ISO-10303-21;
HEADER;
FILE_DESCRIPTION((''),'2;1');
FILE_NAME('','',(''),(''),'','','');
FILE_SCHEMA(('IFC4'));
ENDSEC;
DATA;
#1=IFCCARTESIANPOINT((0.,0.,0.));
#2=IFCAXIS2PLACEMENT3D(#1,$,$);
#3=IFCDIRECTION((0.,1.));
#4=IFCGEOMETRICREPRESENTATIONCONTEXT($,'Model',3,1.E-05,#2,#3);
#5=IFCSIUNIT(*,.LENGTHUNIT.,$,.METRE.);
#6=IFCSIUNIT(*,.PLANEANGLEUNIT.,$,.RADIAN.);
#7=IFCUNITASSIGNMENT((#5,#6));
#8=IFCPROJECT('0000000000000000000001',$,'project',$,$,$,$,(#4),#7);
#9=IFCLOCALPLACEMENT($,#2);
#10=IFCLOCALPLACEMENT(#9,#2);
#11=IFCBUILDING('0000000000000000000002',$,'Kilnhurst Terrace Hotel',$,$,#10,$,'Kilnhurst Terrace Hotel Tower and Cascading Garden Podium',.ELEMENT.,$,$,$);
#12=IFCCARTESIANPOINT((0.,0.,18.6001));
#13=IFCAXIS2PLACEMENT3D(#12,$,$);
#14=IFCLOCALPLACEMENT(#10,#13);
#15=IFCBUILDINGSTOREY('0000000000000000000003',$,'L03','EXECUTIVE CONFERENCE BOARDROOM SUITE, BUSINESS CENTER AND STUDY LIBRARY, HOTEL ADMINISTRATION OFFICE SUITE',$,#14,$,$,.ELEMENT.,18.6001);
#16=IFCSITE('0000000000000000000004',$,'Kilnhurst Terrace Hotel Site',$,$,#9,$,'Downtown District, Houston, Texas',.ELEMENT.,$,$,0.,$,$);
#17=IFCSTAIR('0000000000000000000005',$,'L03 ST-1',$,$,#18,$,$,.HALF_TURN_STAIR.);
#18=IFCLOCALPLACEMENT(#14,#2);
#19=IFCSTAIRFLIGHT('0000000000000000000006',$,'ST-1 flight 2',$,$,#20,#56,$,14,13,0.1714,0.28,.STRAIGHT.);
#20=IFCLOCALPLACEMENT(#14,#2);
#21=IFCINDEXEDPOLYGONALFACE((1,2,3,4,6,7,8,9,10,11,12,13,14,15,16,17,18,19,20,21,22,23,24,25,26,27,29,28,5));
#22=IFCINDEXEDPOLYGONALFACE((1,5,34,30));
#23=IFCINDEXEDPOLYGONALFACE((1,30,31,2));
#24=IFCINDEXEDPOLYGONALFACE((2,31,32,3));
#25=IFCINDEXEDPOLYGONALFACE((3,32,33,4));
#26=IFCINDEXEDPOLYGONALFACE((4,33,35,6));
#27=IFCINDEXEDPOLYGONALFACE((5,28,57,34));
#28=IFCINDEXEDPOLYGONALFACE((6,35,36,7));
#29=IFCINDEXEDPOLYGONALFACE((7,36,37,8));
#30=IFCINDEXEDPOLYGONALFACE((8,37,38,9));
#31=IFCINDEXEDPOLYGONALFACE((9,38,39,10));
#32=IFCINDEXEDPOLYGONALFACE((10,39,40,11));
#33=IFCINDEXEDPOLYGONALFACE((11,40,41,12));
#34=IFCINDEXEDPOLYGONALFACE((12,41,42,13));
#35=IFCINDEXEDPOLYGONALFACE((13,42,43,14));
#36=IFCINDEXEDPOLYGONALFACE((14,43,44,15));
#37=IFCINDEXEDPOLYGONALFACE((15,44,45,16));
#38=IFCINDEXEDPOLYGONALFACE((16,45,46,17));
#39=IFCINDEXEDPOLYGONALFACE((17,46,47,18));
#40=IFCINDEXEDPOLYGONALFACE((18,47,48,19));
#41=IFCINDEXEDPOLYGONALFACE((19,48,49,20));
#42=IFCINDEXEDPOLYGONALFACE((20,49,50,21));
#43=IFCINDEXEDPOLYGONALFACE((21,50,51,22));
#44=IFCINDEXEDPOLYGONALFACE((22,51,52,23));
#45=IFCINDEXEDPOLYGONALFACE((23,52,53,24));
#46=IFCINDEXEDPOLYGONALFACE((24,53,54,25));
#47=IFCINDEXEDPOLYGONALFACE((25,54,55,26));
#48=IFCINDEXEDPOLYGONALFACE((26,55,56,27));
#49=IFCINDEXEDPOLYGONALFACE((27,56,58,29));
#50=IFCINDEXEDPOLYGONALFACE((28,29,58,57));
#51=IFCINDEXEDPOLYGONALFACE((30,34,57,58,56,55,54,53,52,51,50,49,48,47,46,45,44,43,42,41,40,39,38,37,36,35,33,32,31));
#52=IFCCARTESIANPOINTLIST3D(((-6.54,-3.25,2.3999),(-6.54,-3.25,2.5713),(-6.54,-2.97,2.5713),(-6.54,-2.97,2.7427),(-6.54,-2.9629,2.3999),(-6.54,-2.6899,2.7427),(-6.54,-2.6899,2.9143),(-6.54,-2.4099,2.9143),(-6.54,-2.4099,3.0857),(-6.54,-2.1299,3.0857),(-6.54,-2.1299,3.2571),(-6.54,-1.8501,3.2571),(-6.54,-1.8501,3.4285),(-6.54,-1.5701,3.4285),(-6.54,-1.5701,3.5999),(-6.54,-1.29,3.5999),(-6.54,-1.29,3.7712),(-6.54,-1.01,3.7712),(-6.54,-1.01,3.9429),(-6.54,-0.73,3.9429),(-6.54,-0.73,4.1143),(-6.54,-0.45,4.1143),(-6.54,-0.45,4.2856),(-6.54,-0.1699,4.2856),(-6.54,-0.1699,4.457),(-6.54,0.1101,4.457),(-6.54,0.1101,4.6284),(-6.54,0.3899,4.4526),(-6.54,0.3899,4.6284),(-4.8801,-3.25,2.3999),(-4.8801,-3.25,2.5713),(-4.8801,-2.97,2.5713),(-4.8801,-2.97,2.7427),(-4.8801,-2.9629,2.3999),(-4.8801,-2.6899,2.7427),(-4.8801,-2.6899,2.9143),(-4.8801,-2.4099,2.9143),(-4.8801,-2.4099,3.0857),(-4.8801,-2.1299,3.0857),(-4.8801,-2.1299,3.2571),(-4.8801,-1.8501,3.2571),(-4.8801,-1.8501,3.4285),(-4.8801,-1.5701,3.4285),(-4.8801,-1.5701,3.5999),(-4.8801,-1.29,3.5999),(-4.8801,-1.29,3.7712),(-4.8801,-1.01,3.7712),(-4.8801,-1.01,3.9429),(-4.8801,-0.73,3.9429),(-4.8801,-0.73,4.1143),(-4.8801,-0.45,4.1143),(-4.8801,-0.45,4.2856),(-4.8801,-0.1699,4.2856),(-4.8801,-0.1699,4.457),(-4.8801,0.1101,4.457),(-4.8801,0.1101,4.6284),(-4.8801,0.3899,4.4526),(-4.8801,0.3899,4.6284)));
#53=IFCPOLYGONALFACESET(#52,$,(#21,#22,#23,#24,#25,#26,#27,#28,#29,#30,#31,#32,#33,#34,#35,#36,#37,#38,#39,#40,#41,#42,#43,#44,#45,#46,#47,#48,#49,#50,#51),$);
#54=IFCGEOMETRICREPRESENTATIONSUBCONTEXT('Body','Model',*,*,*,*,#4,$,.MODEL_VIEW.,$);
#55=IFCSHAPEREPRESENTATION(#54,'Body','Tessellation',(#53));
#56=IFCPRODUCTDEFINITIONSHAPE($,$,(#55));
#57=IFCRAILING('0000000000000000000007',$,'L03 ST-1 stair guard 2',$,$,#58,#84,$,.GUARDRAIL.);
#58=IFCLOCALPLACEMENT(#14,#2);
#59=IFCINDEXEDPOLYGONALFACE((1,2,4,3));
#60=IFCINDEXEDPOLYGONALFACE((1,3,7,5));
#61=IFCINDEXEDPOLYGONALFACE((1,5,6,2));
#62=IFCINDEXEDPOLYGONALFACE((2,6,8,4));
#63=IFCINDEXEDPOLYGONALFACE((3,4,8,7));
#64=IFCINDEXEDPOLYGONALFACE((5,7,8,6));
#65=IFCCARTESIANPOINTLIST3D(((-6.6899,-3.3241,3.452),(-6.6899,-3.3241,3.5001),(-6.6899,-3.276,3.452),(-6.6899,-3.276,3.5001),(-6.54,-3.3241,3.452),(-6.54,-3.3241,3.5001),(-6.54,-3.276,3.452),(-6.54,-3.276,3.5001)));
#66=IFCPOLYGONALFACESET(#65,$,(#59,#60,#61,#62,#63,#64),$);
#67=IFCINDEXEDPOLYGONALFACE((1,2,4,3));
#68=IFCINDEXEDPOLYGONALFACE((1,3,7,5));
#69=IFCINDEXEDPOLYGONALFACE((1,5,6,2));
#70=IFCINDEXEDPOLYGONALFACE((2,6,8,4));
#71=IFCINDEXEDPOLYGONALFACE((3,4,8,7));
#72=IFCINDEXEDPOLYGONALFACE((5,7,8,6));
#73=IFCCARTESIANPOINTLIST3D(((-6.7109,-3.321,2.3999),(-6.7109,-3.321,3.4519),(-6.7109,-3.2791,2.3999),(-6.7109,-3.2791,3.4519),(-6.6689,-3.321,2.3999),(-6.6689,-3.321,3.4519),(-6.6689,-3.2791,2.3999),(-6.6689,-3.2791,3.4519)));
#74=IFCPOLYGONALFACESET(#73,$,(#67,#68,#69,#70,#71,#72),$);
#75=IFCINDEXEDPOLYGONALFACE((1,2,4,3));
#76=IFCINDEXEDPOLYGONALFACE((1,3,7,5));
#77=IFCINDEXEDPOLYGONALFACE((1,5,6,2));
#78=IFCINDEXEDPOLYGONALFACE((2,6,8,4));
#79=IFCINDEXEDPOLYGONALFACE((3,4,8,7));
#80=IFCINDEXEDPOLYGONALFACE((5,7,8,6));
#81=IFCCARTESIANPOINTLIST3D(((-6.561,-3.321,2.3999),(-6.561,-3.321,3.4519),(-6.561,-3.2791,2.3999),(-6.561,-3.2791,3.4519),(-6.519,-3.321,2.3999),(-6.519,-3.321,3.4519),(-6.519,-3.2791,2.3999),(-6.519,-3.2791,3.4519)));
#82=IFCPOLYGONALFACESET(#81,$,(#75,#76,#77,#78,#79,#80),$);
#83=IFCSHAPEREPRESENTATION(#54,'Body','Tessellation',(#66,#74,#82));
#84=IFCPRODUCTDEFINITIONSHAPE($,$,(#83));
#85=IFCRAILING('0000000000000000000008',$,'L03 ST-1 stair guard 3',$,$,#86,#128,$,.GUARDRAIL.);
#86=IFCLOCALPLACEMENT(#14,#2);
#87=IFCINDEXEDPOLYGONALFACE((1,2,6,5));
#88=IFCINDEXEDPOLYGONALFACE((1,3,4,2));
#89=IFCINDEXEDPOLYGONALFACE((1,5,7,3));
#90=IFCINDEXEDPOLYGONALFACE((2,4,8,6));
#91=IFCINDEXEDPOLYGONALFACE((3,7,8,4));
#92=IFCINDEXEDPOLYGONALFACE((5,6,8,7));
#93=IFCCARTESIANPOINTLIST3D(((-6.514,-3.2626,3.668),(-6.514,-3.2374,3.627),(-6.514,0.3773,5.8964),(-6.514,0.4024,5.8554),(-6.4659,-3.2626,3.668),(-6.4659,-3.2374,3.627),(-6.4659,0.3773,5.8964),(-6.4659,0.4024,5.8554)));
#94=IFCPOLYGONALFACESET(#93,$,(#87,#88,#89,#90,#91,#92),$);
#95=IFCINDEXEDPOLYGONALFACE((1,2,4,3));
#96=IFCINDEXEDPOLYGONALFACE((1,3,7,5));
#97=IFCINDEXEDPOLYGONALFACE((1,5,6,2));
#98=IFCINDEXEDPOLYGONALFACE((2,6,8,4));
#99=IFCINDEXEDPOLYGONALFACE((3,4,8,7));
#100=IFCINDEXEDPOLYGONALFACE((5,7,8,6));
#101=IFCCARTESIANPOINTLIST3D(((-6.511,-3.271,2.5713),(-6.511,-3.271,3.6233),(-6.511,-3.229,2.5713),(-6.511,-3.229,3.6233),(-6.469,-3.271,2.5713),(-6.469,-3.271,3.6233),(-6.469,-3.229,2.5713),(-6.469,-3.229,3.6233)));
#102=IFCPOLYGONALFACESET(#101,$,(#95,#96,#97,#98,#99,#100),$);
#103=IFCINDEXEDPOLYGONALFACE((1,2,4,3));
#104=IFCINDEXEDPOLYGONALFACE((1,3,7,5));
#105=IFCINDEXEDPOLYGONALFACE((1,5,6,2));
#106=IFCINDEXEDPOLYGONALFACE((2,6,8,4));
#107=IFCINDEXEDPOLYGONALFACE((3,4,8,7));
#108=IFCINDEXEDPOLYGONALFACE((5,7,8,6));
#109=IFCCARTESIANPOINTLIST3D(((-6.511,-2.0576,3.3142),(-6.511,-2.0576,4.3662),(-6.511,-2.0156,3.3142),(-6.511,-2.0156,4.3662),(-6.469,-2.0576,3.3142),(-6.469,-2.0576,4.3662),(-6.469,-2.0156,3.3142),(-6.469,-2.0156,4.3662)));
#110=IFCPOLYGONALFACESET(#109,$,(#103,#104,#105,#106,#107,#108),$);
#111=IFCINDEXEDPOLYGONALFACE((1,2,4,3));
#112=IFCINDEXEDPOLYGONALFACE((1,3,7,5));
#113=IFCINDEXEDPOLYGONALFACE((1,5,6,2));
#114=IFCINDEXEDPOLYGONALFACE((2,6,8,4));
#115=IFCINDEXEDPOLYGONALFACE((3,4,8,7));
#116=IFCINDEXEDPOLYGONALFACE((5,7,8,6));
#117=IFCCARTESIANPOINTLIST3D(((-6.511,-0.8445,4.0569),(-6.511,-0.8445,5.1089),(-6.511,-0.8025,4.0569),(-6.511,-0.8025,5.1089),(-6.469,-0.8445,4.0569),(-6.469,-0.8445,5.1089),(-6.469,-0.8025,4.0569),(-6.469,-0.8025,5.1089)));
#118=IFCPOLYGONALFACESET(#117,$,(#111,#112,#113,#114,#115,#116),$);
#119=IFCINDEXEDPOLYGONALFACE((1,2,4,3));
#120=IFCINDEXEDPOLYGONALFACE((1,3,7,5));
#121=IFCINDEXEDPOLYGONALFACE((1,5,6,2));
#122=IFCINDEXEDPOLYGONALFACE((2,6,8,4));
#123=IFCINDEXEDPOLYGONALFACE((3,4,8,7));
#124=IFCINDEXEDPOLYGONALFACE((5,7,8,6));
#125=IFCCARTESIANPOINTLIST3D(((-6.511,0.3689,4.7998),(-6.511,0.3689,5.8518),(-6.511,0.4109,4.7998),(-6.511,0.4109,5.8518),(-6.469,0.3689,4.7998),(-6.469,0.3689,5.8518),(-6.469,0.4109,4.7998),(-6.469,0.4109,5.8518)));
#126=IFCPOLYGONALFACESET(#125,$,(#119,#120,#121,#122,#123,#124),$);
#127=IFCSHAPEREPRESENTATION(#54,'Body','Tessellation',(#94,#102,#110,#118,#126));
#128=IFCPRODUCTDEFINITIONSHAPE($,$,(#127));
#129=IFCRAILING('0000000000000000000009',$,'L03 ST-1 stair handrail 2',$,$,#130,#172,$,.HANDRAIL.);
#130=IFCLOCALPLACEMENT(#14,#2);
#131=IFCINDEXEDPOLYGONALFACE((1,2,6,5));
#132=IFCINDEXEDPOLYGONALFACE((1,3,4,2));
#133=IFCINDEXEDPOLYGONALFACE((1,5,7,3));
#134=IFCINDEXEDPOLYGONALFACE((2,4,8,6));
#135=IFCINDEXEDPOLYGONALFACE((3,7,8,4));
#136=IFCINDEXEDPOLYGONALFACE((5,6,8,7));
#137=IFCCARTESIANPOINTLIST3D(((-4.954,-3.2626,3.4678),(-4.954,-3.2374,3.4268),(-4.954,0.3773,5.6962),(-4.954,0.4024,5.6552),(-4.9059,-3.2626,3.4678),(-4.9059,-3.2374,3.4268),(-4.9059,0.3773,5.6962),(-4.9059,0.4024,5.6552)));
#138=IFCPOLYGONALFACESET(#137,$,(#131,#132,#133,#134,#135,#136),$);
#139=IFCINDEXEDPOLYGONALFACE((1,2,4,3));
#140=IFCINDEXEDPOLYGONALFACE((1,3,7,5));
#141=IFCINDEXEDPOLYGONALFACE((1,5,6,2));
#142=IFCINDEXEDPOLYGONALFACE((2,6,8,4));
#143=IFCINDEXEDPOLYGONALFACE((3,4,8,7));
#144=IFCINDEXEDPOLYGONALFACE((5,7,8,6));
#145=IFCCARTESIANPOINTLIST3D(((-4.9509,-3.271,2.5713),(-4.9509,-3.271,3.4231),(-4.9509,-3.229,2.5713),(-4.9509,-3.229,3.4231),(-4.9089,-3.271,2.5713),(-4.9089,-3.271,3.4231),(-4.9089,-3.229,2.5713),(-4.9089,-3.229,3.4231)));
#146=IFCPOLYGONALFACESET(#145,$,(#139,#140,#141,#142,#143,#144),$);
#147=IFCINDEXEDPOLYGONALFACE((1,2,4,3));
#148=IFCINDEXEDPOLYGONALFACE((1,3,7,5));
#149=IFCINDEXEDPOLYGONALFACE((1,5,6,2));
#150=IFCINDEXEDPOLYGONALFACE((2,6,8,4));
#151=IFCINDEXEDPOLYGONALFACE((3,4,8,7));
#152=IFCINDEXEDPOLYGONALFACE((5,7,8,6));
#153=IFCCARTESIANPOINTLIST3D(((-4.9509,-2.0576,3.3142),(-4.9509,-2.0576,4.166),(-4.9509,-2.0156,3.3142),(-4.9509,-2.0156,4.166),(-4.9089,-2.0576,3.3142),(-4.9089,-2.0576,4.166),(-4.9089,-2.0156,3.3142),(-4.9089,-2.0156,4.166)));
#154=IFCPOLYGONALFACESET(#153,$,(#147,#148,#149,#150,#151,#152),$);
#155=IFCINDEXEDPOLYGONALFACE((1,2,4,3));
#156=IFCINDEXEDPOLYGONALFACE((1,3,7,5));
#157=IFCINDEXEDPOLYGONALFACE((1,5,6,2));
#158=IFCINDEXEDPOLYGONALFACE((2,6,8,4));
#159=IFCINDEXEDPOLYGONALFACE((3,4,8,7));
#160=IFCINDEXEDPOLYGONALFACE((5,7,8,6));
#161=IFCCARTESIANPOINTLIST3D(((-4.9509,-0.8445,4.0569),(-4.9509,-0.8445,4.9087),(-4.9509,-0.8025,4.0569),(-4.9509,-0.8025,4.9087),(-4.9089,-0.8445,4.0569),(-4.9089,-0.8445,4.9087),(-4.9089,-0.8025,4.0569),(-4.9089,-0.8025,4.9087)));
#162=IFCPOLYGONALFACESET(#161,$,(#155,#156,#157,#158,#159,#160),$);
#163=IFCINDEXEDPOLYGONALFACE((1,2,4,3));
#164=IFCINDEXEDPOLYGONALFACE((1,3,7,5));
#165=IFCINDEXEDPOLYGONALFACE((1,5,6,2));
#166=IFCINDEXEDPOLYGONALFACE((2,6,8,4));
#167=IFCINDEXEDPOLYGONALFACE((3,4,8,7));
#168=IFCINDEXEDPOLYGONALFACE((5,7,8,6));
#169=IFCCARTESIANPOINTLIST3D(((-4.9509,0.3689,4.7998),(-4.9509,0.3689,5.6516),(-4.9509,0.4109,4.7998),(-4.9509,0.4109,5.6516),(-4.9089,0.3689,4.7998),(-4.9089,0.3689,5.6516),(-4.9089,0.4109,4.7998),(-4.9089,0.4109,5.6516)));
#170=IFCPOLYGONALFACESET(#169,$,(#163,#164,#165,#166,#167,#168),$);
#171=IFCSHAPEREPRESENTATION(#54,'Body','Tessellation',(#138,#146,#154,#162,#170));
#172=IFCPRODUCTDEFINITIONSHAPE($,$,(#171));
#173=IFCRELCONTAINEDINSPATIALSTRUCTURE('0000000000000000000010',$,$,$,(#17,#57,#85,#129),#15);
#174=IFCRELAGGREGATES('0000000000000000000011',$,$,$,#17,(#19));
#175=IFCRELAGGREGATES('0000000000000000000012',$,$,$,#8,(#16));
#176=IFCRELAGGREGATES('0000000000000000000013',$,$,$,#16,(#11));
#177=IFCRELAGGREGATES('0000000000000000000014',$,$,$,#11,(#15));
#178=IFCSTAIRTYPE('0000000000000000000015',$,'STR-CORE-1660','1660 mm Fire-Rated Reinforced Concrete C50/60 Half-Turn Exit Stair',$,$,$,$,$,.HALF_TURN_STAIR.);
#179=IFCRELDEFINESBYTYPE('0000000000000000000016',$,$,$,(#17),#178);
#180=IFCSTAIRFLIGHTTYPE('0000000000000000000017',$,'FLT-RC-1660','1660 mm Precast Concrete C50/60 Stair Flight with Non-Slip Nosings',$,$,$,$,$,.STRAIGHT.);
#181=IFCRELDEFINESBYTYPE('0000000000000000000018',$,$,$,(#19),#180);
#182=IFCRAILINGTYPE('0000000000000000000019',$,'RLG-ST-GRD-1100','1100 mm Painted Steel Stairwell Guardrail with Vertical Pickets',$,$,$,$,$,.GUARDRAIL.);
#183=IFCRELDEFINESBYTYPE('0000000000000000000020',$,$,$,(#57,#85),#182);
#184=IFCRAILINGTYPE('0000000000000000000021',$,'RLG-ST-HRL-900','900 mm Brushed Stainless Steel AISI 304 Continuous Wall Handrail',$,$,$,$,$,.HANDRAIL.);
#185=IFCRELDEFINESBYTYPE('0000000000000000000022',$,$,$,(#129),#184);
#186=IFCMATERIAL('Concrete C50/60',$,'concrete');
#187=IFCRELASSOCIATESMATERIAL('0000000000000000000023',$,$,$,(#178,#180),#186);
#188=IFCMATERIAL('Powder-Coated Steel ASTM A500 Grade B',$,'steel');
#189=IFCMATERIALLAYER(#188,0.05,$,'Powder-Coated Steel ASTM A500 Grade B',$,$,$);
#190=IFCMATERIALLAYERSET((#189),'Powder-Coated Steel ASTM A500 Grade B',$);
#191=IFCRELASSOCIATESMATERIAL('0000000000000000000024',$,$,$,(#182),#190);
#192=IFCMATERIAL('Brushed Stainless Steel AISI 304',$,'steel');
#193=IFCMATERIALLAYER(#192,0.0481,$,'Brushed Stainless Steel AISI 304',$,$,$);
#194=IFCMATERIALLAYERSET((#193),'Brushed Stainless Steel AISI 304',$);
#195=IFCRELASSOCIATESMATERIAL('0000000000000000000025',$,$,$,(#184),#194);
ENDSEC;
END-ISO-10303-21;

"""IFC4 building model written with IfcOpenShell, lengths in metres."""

from ifc_helpers import new_model, si_unit, direction, frame, origin, origin_2d, place, context, subcontext, project, spatial, polyline, rectangle, outline, extrude, material, layer, layer_set, type_object, element, aggregate, save


model = new_model("IFC4")

# Units and contexts
model_context = context("Model", 3, precision=1e-05, world=origin(), true_north=direction((0.0, 1.0)))
body_context = subcontext(model_context, "Body", "Model", "MODEL_VIEW")
ifc_project = project(units=[si_unit("LENGTHUNIT", "METRE"), si_unit("PLANEANGLEUNIT", "RADIAN")], contexts=[model_context])

# Site, building, storey
site_placement = place(None, origin())
site = spatial("IfcSite", under=ifc_project, at=site_placement, Name="Kilnhurst Terrace Hotel Site", LongName="Downtown District, Houston, Texas", CompositionType="ELEMENT", RefElevation=0.0)
building_placement = place(site_placement, origin())
building = spatial("IfcBuilding", under=site, at=building_placement, Name="Kilnhurst Terrace Hotel", LongName="Kilnhurst Terrace Hotel Tower and Cascading Garden Podium", CompositionType="ELEMENT")
storey_placement = place(building_placement, frame((0.0, 0.0, 18.6001)))
storey = spatial("IfcBuildingStorey", under=building, at=storey_placement, Name="L03", Description="EXECUTIVE CONFERENCE BOARDROOM SUITE, BUSINESS CENTER AND STUDY LIBRARY, HOTEL ADMINISTRATION OFFICE SUITE", CompositionType="ELEMENT", Elevation=18.6001)

# Shared definitions
ifc_material_1 = material(Name="Concrete C50/60", Category="concrete")

# Stair, stair flight
stair_type = type_object("IfcStairType", Name="STR-CORE-1660", Description="1660 mm Fire-Rated Reinforced Concrete C50/60 Half-Turn Exit Stair", PredefinedType="HALF_TURN_STAIR", material=ifc_material_1)
stair_placement = place(storey_placement, origin())
stair = element("IfcStair", 1, at=stair_placement, inside=storey, type_object=stair_type, Name="L03 ST-1", PredefinedType="HALF_TURN_STAIR")
stair_flight_type = type_object("IfcStairFlightType", Name="FLT-RC-1660", Description="1660 mm Precast Concrete C50/60 Stair Flight with Non-Slip Nosings", PredefinedType="STRAIGHT", material=ifc_material_1)
stair_flight_placement = place(storey_placement, frame((-5.71, -3.25, 2.3999), z_axis=(0.0, 0.0, 1.0), x_axis=(0.0, 1.0, 0.0)))
stair_flight = element("IfcStairFlight", 2, at=stair_flight_placement, type_object=stair_flight_type, Name="ST-1 flight 2", NumberOfRisers=14, NumberOfTreads=13, PredefinedType="STRAIGHT", RiserHeight=0.1714, TreadLength=0.28, context=body_context, shape_type="SweptSolid", body=[
    extrude(outline(polyline([(0.0, 0.0), (0.0, 0.1714), (0.28, 0.1714), (0.28, 0.3428), (0.5601, 0.3428), (0.5601, 0.5144), (0.8401, 0.5144), (0.8401, 0.6858), (1.1201, 0.6858), (1.1201, 0.8572), (1.3999, 0.8572), (1.3999, 1.0286), (1.6799, 1.0286), (1.6799, 1.2), (1.96, 1.2), (1.96, 1.3713), (2.24, 1.3713), (2.24, 1.543), (2.52, 1.543), (2.52, 1.7144), (2.8, 1.7144), (2.8, 1.8857), (3.0801, 1.8857), (3.0801, 2.0571), (3.3601, 2.0571), (3.3601, 2.2285), (3.6399, 2.2285), (3.6399, 2.3999), (3.6399, 2.0527), (0.2871, 0.0), (0.0, 0.0)])), frame((0.0, 0.8301, 0.0), z_axis=(0.0, -1.0, 0.0), x_axis=(1.0, 0.0, 0.0)), (0.0, 0.0, 1.0), 1.6599),
])
aggregate(stair, [stair_flight])

# Railings
ifc_material_2 = material(Name="Powder-Coated Steel ASTM A500 Grade B", Category="steel")
ifc_layer_1 = layer(ifc_material_2, 0.05, Name="Powder-Coated Steel ASTM A500 Grade B")
ifc_layer_set_1 = layer_set([ifc_layer_1], Name="Powder-Coated Steel ASTM A500 Grade B")
railing_type_1 = type_object("IfcRailingType", Name="RLG-ST-GRD-1100", Description="1100 mm Painted Steel Stairwell Guardrail with Vertical Pickets", PredefinedType="GUARDRAIL", material=ifc_layer_set_1)
railing_1_placement = place(storey_placement, frame((-6.6899, -3.3, 2.3999)))
element("IfcRailing", 3, at=railing_1_placement, inside=storey, type_object=railing_type_1, Name="L03 ST-1 stair guard 2", PredefinedType="GUARDRAIL", context=body_context, shape_type="SweptSolid", body=[
    extrude(rectangle(XDim=0.0481, YDim=0.0481, at=origin_2d()), frame((0.0, 0.0, 1.0762), z_axis=(1.0, 0.0, 0.0), x_axis=(0.0, 1.0, 0.0)), (0.0, 0.0, 1.0), 0.1499),
    extrude(rectangle(XDim=0.042, YDim=0.042, at=origin_2d()), origin(), (0.0, 0.0, 1.0), 1.052),
    extrude(rectangle(XDim=0.042, YDim=0.042, at=origin_2d()), frame((0.1499, 0.0, 0.0)), (0.0, 0.0, 1.0), 1.052),
])
railing_2_placement = place(storey_placement, frame((-6.49, -3.25, 2.5713)))
element("IfcRailing", 4, at=railing_2_placement, inside=storey, type_object=railing_type_1, Name="L03 ST-1 stair guard 3", PredefinedType="GUARDRAIL", context=body_context, shape_type="SweptSolid", body=[
    extrude(rectangle(XDim=0.0481, YDim=0.0481, at=origin_2d()), frame((0.0, 0.0, 1.0762), z_axis=(0.0, 0.85285, 0.522156), x_axis=(-1.0, 0.0, 0.0)), (0.0, 0.0, 1.0), 4.2678),
    extrude(rectangle(XDim=0.042, YDim=0.042, at=origin_2d()), origin(), (0.0, 0.0, 1.0), 1.052),
    extrude(rectangle(XDim=0.042, YDim=0.042, at=origin_2d()), frame((0.0, 1.2134, 0.7429)), (0.0, 0.0, 1.0), 1.052),
    extrude(rectangle(XDim=0.042, YDim=0.042, at=origin_2d()), frame((0.0, 2.4265, 1.4856)), (0.0, 0.0, 1.0), 1.052),
    extrude(rectangle(XDim=0.042, YDim=0.042, at=origin_2d()), frame((0.0, 3.6399, 2.2285)), (0.0, 0.0, 1.0), 1.052),
])
ifc_material_3 = material(Name="Brushed Stainless Steel AISI 304", Category="steel")
ifc_layer_2 = layer(ifc_material_3, 0.0481, Name="Brushed Stainless Steel AISI 304")
ifc_layer_set_2 = layer_set([ifc_layer_2], Name="Brushed Stainless Steel AISI 304")
railing_type_2 = type_object("IfcRailingType", Name="RLG-ST-HRL-900", Description="900 mm Brushed Stainless Steel AISI 304 Continuous Wall Handrail", PredefinedType="HANDRAIL", material=ifc_layer_set_2)
railing_3_placement = place(storey_placement, frame((-4.9299, -3.25, 2.5713)))
element("IfcRailing", 5, at=railing_3_placement, inside=storey, type_object=railing_type_2, Name="L03 ST-1 stair handrail 2", PredefinedType="HANDRAIL", context=body_context, shape_type="SweptSolid", body=[
    extrude(rectangle(XDim=0.0481, YDim=0.0481, at=origin_2d()), frame((0.0, 0.0, 0.876), z_axis=(0.0, 0.85285, 0.522156), x_axis=(-1.0, 0.0, 0.0)), (0.0, 0.0, 1.0), 4.2678),
    extrude(rectangle(XDim=0.042, YDim=0.042, at=origin_2d()), origin(), (0.0, 0.0, 1.0), 0.8518),
    extrude(rectangle(XDim=0.042, YDim=0.042, at=origin_2d()), frame((0.0, 1.2134, 0.7429)), (0.0, 0.0, 1.0), 0.8518),
    extrude(rectangle(XDim=0.042, YDim=0.042, at=origin_2d()), frame((0.0, 2.4265, 1.4856)), (0.0, 0.0, 1.0), 0.8518),
    extrude(rectangle(XDim=0.042, YDim=0.042, at=origin_2d()), frame((0.0, 3.6399, 2.2285)), (0.0, 0.0, 1.0), 0.8518),
])

save(model, "model.ifc")
